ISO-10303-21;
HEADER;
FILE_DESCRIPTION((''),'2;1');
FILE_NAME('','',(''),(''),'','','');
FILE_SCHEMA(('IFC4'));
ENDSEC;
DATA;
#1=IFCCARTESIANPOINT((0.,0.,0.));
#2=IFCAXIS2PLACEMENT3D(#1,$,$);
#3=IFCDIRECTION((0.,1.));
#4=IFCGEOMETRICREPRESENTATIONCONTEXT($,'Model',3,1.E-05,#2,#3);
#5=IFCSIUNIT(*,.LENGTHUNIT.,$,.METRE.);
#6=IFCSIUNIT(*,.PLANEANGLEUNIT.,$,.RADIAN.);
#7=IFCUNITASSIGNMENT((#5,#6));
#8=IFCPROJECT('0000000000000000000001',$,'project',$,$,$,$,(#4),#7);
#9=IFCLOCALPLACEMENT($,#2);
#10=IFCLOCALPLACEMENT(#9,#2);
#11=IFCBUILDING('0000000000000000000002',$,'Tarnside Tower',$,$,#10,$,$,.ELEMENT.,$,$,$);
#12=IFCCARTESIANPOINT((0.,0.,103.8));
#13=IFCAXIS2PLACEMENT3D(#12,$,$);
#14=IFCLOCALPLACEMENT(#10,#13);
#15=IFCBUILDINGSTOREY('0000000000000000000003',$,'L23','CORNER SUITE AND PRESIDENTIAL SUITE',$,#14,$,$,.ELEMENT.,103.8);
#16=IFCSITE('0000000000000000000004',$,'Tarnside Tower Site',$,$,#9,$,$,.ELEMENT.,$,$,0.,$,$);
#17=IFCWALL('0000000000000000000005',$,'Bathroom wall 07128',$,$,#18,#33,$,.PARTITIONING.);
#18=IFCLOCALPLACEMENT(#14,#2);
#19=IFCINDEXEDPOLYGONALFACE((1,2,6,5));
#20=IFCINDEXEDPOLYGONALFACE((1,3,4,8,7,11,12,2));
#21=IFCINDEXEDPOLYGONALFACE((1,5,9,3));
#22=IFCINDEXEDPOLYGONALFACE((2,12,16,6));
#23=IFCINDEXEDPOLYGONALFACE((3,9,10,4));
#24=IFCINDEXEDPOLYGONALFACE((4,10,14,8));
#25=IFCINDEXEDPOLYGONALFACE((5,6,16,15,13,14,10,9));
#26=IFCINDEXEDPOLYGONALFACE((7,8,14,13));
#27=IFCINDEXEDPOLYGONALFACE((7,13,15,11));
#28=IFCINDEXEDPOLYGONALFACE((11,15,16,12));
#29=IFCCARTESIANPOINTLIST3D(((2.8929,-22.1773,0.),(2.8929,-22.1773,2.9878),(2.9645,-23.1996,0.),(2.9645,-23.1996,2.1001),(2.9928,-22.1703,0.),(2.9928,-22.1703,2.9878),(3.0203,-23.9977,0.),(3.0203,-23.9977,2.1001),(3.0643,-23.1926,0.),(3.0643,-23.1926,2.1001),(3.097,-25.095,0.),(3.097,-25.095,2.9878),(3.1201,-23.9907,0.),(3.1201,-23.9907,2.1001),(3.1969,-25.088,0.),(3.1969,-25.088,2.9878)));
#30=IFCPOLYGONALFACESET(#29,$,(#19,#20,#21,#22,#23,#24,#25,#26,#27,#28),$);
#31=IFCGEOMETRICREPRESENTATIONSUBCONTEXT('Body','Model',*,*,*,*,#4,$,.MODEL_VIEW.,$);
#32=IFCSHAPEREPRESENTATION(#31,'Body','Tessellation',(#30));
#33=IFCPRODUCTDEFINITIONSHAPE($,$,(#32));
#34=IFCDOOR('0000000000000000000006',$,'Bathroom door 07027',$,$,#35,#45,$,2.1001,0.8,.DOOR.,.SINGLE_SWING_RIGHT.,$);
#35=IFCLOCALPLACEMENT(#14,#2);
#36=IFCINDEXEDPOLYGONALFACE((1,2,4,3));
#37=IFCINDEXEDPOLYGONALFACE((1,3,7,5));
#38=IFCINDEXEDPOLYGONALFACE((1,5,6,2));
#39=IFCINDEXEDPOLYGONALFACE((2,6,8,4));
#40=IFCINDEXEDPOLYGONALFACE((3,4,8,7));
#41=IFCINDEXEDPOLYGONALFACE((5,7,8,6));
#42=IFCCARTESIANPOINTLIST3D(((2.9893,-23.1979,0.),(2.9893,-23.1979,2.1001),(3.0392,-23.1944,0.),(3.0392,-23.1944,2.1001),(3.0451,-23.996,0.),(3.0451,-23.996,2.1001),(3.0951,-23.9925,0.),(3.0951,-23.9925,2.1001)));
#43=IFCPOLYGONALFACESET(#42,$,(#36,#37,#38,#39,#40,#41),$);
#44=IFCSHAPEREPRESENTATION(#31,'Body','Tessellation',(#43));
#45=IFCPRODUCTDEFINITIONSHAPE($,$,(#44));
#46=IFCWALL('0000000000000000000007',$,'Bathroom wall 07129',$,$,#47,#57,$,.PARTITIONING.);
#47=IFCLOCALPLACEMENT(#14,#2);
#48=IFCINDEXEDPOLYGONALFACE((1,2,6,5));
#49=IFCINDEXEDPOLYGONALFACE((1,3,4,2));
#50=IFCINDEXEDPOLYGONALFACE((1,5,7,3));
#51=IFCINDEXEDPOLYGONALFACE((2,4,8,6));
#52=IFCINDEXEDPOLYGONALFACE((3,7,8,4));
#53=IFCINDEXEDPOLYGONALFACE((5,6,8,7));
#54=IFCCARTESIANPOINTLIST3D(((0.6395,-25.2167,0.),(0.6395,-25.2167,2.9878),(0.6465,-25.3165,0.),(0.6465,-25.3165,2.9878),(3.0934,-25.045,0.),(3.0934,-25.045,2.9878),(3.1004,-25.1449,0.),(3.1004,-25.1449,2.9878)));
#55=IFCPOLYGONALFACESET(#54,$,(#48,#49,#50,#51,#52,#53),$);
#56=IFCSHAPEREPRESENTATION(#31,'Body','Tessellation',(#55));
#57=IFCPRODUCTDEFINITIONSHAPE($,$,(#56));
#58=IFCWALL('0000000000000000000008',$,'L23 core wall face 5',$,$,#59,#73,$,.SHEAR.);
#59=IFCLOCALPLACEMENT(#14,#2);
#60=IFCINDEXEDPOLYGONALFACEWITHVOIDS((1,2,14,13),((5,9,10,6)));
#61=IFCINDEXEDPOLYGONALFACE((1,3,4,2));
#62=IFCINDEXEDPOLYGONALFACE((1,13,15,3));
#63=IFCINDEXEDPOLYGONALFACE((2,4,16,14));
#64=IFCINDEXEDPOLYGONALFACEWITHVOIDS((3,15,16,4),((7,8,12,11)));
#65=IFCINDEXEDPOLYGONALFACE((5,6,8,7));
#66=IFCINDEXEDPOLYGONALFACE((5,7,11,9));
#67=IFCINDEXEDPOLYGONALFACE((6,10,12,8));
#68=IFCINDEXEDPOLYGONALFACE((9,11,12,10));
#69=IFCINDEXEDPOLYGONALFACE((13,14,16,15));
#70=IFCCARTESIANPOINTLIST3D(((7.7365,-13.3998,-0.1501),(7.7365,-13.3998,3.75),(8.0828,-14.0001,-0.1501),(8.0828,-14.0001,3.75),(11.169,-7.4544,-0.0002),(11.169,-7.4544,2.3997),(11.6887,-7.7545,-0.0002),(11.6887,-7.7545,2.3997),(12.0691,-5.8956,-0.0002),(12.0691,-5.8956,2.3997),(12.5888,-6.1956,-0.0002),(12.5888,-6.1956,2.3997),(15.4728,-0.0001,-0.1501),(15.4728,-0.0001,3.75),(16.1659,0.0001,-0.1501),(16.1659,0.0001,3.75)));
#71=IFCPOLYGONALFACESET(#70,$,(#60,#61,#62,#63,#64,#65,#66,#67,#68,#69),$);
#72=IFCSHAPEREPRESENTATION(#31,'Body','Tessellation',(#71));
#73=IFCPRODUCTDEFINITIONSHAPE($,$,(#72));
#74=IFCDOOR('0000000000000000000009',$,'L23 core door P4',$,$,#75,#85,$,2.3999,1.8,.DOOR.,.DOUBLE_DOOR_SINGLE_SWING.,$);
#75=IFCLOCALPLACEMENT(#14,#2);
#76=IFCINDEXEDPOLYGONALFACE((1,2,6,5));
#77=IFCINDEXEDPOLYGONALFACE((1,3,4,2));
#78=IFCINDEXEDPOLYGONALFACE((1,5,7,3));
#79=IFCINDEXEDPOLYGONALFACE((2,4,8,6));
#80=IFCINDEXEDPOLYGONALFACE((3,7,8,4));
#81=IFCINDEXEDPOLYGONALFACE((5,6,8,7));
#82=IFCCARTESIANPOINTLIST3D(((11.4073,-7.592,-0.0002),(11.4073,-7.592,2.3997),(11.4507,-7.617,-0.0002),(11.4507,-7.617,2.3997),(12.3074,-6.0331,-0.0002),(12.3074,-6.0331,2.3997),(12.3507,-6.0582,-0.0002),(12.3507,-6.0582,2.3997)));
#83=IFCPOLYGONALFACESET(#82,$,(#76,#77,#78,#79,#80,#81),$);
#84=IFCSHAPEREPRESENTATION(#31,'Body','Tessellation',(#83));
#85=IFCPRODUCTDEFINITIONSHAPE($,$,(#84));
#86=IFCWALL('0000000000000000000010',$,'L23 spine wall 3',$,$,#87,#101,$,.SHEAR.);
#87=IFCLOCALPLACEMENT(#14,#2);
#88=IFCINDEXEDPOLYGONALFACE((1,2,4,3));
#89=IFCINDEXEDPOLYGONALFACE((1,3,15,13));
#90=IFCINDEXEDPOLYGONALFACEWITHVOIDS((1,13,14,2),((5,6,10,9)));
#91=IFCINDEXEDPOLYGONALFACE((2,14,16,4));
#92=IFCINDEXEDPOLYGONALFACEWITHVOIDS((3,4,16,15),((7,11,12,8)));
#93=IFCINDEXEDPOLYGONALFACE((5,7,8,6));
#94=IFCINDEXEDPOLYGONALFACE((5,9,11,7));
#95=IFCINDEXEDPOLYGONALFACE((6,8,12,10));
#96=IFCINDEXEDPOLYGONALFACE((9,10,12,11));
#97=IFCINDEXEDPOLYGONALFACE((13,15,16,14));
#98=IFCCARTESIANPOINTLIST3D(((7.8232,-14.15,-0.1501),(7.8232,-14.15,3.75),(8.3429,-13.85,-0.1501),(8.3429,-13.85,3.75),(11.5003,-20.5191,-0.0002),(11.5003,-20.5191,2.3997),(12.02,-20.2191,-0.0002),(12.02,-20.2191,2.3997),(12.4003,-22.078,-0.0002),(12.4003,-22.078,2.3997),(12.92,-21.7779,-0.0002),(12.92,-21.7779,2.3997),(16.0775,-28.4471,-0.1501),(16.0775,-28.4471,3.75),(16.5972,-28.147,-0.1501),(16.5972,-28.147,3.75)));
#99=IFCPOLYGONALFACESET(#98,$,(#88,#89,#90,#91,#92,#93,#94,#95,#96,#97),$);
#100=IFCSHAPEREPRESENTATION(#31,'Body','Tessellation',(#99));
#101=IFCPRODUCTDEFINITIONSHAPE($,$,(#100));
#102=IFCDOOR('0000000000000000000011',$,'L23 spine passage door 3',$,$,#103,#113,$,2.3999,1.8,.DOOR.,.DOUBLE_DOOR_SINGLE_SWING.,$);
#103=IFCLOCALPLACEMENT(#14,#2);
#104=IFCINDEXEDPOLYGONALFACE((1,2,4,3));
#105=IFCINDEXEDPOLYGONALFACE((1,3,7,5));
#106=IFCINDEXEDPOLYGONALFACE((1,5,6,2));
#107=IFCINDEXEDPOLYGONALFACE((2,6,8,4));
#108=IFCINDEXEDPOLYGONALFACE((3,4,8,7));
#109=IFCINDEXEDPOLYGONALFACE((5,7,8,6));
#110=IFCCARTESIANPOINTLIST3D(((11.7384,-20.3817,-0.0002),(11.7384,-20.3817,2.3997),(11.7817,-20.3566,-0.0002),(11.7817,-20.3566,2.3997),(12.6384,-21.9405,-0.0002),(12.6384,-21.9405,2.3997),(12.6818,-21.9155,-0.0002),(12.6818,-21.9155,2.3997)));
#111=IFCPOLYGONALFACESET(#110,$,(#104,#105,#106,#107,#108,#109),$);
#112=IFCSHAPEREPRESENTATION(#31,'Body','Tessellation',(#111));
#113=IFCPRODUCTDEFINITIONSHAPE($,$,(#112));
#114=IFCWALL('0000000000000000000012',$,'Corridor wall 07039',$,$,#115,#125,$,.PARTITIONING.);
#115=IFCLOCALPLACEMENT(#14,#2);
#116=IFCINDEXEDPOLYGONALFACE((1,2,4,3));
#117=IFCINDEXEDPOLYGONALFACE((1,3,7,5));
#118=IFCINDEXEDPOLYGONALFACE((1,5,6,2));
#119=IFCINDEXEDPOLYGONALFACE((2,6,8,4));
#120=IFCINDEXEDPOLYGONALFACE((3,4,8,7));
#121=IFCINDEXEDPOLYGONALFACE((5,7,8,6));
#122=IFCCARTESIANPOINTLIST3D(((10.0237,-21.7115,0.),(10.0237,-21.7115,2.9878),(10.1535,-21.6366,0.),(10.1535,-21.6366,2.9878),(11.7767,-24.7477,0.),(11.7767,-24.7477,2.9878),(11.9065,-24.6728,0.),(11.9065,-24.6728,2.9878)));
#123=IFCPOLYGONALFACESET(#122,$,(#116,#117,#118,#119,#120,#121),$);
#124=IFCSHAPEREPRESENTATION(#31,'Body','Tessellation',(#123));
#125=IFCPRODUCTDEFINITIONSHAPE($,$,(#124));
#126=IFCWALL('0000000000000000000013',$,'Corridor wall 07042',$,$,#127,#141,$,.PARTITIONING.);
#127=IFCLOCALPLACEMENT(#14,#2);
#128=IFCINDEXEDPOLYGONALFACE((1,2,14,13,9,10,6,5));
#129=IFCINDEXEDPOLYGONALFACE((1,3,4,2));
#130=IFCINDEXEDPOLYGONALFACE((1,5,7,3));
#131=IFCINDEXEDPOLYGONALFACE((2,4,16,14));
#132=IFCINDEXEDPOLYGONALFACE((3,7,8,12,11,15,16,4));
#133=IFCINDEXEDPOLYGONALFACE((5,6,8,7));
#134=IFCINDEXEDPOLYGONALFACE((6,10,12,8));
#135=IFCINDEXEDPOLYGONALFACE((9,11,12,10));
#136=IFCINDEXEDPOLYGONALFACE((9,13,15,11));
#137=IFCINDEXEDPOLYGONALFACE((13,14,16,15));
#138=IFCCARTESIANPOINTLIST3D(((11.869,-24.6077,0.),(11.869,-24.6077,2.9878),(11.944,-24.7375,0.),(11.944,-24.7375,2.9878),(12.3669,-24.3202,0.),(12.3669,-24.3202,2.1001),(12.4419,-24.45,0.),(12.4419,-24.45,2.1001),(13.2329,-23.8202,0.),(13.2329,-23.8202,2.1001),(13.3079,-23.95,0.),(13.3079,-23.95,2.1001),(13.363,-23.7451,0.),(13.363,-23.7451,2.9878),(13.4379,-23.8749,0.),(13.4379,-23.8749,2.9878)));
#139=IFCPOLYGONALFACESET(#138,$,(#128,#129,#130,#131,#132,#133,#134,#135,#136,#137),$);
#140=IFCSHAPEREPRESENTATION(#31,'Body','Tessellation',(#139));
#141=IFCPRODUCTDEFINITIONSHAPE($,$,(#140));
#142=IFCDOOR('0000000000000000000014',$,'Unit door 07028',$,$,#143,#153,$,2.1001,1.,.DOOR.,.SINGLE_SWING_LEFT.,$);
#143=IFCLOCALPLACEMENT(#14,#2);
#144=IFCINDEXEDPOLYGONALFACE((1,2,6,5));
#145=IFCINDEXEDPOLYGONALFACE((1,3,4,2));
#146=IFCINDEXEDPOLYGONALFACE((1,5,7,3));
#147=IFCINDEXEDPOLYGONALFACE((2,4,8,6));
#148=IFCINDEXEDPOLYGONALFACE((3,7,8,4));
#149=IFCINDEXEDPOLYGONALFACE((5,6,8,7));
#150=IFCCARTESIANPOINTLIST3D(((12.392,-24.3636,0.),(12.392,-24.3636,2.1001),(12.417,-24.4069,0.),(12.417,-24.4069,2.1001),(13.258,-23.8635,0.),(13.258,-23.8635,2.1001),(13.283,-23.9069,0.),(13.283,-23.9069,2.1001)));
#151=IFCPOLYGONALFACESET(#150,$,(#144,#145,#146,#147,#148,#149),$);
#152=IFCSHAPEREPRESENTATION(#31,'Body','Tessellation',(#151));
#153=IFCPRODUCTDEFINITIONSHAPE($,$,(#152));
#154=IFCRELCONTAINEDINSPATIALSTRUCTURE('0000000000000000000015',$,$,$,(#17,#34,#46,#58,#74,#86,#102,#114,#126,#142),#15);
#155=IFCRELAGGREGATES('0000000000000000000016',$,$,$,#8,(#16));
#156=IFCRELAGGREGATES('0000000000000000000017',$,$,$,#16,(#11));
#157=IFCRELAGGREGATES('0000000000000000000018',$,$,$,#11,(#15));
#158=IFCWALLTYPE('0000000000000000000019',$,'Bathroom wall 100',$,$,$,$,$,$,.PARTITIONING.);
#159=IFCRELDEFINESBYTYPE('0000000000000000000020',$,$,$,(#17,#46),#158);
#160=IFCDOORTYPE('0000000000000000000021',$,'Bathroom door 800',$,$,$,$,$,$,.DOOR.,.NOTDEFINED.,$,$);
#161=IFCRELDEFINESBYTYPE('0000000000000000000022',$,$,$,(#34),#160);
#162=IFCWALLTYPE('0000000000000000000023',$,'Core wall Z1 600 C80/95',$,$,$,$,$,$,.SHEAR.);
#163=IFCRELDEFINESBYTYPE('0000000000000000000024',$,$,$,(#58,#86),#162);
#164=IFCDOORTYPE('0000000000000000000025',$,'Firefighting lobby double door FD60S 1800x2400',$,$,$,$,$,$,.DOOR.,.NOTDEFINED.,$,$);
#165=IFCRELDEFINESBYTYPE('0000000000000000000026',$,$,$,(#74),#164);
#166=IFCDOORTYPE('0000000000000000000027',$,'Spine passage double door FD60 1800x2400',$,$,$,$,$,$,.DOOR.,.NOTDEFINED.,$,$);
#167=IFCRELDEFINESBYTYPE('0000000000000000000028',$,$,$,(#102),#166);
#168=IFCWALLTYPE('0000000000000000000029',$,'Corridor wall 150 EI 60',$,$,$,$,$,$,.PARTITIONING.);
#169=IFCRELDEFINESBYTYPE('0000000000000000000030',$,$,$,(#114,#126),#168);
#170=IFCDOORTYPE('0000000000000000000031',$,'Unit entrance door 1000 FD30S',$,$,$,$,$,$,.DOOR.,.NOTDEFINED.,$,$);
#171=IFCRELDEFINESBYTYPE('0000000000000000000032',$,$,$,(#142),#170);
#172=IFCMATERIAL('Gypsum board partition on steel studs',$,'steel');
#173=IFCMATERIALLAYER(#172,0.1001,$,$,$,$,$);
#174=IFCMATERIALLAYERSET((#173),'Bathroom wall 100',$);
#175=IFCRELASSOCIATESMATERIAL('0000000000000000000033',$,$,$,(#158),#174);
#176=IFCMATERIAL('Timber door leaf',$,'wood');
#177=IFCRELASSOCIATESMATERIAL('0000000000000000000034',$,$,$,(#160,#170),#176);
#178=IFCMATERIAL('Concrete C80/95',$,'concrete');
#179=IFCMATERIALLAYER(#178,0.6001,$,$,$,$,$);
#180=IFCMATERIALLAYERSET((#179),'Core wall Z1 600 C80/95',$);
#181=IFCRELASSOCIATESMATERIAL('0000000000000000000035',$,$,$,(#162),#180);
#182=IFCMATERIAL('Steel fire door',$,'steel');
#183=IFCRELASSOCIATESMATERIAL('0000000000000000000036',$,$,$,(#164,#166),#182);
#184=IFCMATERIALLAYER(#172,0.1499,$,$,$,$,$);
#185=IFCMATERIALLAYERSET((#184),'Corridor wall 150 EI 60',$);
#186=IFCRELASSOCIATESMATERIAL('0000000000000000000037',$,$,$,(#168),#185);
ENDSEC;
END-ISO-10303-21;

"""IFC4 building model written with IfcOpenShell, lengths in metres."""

from ifc_helpers import new_model, si_unit, direction, frame, frame_2d, origin, place, context, subcontext, project, spatial, polyline, rectangle, outline, extrude, material, layer, layer_set, type_object, element, fill, save


model = new_model("IFC4")

# Units and contexts
model_context = context("Model", 3, precision=1e-05, world=origin(), true_north=direction((0.0, 1.0)))
body_context = subcontext(model_context, "Body", "Model", "MODEL_VIEW")
ifc_project = project(units=[si_unit("LENGTHUNIT", "METRE"), si_unit("PLANEANGLEUNIT", "RADIAN")], contexts=[model_context])

# Site, building, storey
site_placement = place(None, origin())
site = spatial("IfcSite", under=ifc_project, at=site_placement, Name="Tarnside Tower Site", CompositionType="ELEMENT", RefElevation=0.0)
building_placement = place(site_placement, origin())
building = spatial("IfcBuilding", under=site, at=building_placement, Name="Tarnside Tower", CompositionType="ELEMENT")
storey_placement = place(building_placement, frame((0.0, 0.0, 103.8)))
storey = spatial("IfcBuildingStorey", under=building, at=storey_placement, Name="L23", Description="CORNER SUITE AND PRESIDENTIAL SUITE", CompositionType="ELEMENT", Elevation=103.8)

# Wall, opening, door
ifc_material_1 = material(Name="Gypsum board partition on steel studs", Category="steel")
ifc_layer_1 = layer(ifc_material_1, 0.1001)
ifc_layer_set_1 = layer_set([ifc_layer_1], Name="Bathroom wall 100")
wall_type_1 = type_object("IfcWallType", Name="Bathroom wall 100", PredefinedType="PARTITIONING", material=ifc_layer_set_1)
wall_1_placement = place(storey_placement, frame((2.9429, -22.1738, 0.0), z_axis=(0.0, 0.0, 1.0), x_axis=(0.069782, -0.997562, 0.0)))
wall_1 = element("IfcWall", 1, at=wall_1_placement, inside=storey, type_object=wall_type_1, Name="Bathroom wall 07128", PredefinedType="PARTITIONING", context=body_context, shape_type="SweptSolid", body=[
    extrude(rectangle(XDim=2.9248, YDim=0.1001, at=frame_2d((1.4624, 0.0))), origin(), (0.0, 0.0, 1.0), 2.9878),
])
opening_1_placement = place(wall_1_placement, frame((1.0249, 0.0, 0.0)))
opening_1 = element("IfcOpeningElement", 2, at=opening_1_placement, cuts=wall_1, PredefinedType="OPENING", context=body_context, shape_type="SweptSolid", body=[
    extrude(rectangle(XDim=0.8, YDim=2.1001, at=frame_2d((0.3999, 1.05))), frame((0.0, 0.0601, 0.0), z_axis=(0.0, -1.0, 0.0), x_axis=(1.0, 0.0, 0.0)), (0.0, 0.0, 1.0), 0.1201),
])
ifc_material_2 = material(Name="Timber door leaf", Category="wood")
door_type_1 = type_object("IfcDoorType", Name="Bathroom door 800", OperationType="NOTDEFINED", PredefinedType="DOOR", material=ifc_material_2)
door_1_placement = place(opening_1_placement, origin())
door_1 = element("IfcDoor", 3, at=door_1_placement, inside=storey, type_object=door_type_1, Name="Bathroom door 07027", OperationType="SINGLE_SWING_RIGHT", OverallHeight=2.1001, OverallWidth=0.8, PredefinedType="DOOR", context=body_context, shape_type="SweptSolid", body=[
    extrude(rectangle(XDim=0.8, YDim=2.1001, at=frame_2d((0.3999, 1.05))), frame((0.0, 0.0249, 0.0), z_axis=(0.0, -1.0, 0.0), x_axis=(1.0, 0.0, 0.0)), (0.0, 0.0, 1.0), 0.05),
])
fill(opening_1, door_1)

# Wall
wall_2_placement = place(storey_placement, frame((3.0969, -25.095, 0.0), z_axis=(0.0, 0.0, 1.0), x_axis=(-0.997563, -0.069773, 0.0)))
element("IfcWall", 4, at=wall_2_placement, inside=storey, type_object=wall_type_1, Name="Bathroom wall 07129", PredefinedType="PARTITIONING", context=body_context, shape_type="SweptSolid", body=[
    extrude(rectangle(XDim=2.46, YDim=0.1001, at=frame_2d((1.23, 0.0))), origin(), (0.0, 0.0, 1.0), 2.9878),
])

# Walls, openings, doors
ifc_material_3 = material(Name="Concrete C80/95", Category="concrete")
ifc_layer_2 = layer(ifc_material_3, 0.6001)
ifc_layer_set_2 = layer_set([ifc_layer_2], Name="Core wall Z1 600 C80/95")
wall_type_2 = type_object("IfcWallType", Name="Core wall Z1 600 C80/95", PredefinedType="SHEAR", material=ifc_layer_set_2)
wall_3_placement = place(storey_placement, frame((7.9097, -13.7, -0.1501), z_axis=(0.0, 0.0, 1.0), x_axis=(0.5, 0.866025, 0.0)))
wall_3 = element("IfcWall", 5, at=wall_3_placement, inside=storey, type_object=wall_type_2, Name="L23 core wall face 5", PredefinedType="SHEAR", context=body_context, shape_type="SweptSolid", body=[
    extrude(outline(polyline([(-0.1733, -0.3), (15.9927, -0.3), (15.646, 0.3), (0.1733, 0.3), (-0.1733, -0.3)])), origin(), (0.0, 0.0, 1.0), 3.9001),
])
opening_2_placement = place(wall_3_placement, frame((7.0386, 0.0, 0.1499)))
opening_2 = element("IfcOpeningElement", 6, at=opening_2_placement, cuts=wall_3, PredefinedType="OPENING", context=body_context, shape_type="SweptSolid", body=[
    extrude(rectangle(XDim=1.8, YDim=2.3999, at=frame_2d((0.8999, 1.2))), frame((0.0, 0.3101, 0.0), z_axis=(0.0, -1.0, 0.0), x_axis=(1.0, 0.0, 0.0)), (0.0, 0.0, 1.0), 0.6201),
])
ifc_material_4 = material(Name="Steel fire door", Category="steel")
door_type_2 = type_object("IfcDoorType", Name="Firefighting lobby double door FD60S 1800x2400", OperationType="NOTDEFINED", PredefinedType="DOOR", material=ifc_material_4)
door_2_placement = place(opening_2_placement, origin())
door_2 = element("IfcDoor", 7, at=door_2_placement, inside=storey, type_object=door_type_2, Name="L23 core door P4", OperationType="DOUBLE_DOOR_SINGLE_SWING", OverallHeight=2.3999, OverallWidth=1.8, PredefinedType="DOOR", context=body_context, shape_type="SweptSolid", body=[
    extrude(rectangle(XDim=1.8, YDim=2.3999, at=frame_2d((0.8999, 1.2))), frame((0.0, 0.0249, 0.0), z_axis=(0.0, -1.0, 0.0), x_axis=(1.0, 0.0, 0.0)), (0.0, 0.0, 1.0), 0.05),
])
fill(opening_2, door_2)
wall_4_placement = place(storey_placement, frame((8.083, -14.0, -0.1501), z_axis=(0.0, 0.0, 1.0), x_axis=(0.499998, -0.866027, 0.0)))
wall_4 = element("IfcWall", 8, at=wall_4_placement, inside=storey, type_object=wall_type_2, Name="L23 spine wall 3", PredefinedType="SHEAR", context=body_context, shape_type="SweptSolid", body=[
    extrude(rectangle(XDim=16.5088, YDim=0.6001, at=frame_2d((8.2544, 0.0))), origin(), (0.0, 0.0, 1.0), 3.9001),
])
opening_3_placement = place(wall_4_placement, frame((7.3545, 0.0, 0.1499)))
opening_3 = element("IfcOpeningElement", 9, at=opening_3_placement, cuts=wall_4, PredefinedType="OPENING", context=body_context, shape_type="SweptSolid", body=[
    extrude(rectangle(XDim=1.8, YDim=2.3999, at=frame_2d((0.8999, 1.2))), frame((0.0, 0.3101, 0.0), z_axis=(0.0, -1.0, 0.0), x_axis=(1.0, 0.0, 0.0)), (0.0, 0.0, 1.0), 0.6201),
])
door_type_3 = type_object("IfcDoorType", Name="Spine passage double door FD60 1800x2400", OperationType="NOTDEFINED", PredefinedType="DOOR", material=ifc_material_4)
door_3_placement = place(opening_3_placement, origin())
door_3 = element("IfcDoor", 10, at=door_3_placement, inside=storey, type_object=door_type_3, Name="L23 spine passage door 3", OperationType="DOUBLE_DOOR_SINGLE_SWING", OverallHeight=2.3999, OverallWidth=1.8, PredefinedType="DOOR", context=body_context, shape_type="SweptSolid", body=[
    extrude(rectangle(XDim=1.8, YDim=2.3999, at=frame_2d((0.8999, 1.2))), frame((0.0, 0.0249, 0.0), z_axis=(0.0, -1.0, 0.0), x_axis=(1.0, 0.0, 0.0)), (0.0, 0.0, 1.0), 0.05),
])
fill(opening_3, door_3)

# Wall
ifc_layer_3 = layer(ifc_material_1, 0.1499)
ifc_layer_set_3 = layer_set([ifc_layer_3], Name="Corridor wall 150 EI 60")
wall_type_3 = type_object("IfcWallType", Name="Corridor wall 150 EI 60", PredefinedType="PARTITIONING", material=ifc_layer_set_3)
wall_5_placement = place(storey_placement, frame((10.0886, -21.6741, 0.0), z_axis=(0.0, 0.0, 1.0), x_axis=(0.500004, -0.866023, 0.0)))
element("IfcWall", 11, at=wall_5_placement, inside=storey, type_object=wall_type_3, Name="Corridor wall 07039", PredefinedType="PARTITIONING", context=body_context, shape_type="SweptSolid", body=[
    extrude(rectangle(XDim=3.5059, YDim=0.1499, at=frame_2d((1.7529, 0.0))), origin(), (0.0, 0.0, 1.0), 2.9878),
])

# Wall, opening, door
wall_6_placement = place(storey_placement, frame((11.9065, -24.6726, 0.0), z_axis=(0.0, 0.0, 1.0), x_axis=(0.866014, 0.500021, 0.0)))
wall_6 = element("IfcWall", 12, at=wall_6_placement, inside=storey, type_object=wall_type_3, Name="Corridor wall 07042", PredefinedType="PARTITIONING", context=body_context, shape_type="SweptSolid", body=[
    extrude(rectangle(XDim=1.7251, YDim=0.1499, at=frame_2d((0.8625, 0.0))), origin(), (0.0, 0.0, 1.0), 2.9878),
])
opening_4_placement = place(wall_6_placement, frame((0.575, 0.0, 0.0)))
opening_4 = element("IfcOpeningElement", 13, at=opening_4_placement, cuts=wall_6, PredefinedType="OPENING", context=body_context, shape_type="SweptSolid", body=[
    extrude(rectangle(XDim=1.0, YDim=2.1001, at=frame_2d((0.5, 1.05))), frame((0.0, 0.085, 0.0), z_axis=(0.0, -1.0, 0.0), x_axis=(1.0, 0.0, 0.0)), (0.0, 0.0, 1.0), 0.1699),
])
door_type_4 = type_object("IfcDoorType", Name="Unit entrance door 1000 FD30S", OperationType="NOTDEFINED", PredefinedType="DOOR", material=ifc_material_2)
door_4_placement = place(opening_4_placement, origin())
door_4 = element("IfcDoor", 14, at=door_4_placement, inside=storey, type_object=door_type_4, Name="Unit door 07028", OperationType="SINGLE_SWING_LEFT", OverallHeight=2.1001, OverallWidth=1.0, PredefinedType="DOOR", context=body_context, shape_type="SweptSolid", body=[
    extrude(rectangle(XDim=1.0, YDim=2.1001, at=frame_2d((0.5, 1.05))), frame((0.0, 0.0249, 0.0), z_axis=(0.0, -1.0, 0.0), x_axis=(1.0, 0.0, 0.0)), (0.0, 0.0, 1.0), 0.05),
])
fill(opening_4, door_4)

save(model, "model.ifc")
